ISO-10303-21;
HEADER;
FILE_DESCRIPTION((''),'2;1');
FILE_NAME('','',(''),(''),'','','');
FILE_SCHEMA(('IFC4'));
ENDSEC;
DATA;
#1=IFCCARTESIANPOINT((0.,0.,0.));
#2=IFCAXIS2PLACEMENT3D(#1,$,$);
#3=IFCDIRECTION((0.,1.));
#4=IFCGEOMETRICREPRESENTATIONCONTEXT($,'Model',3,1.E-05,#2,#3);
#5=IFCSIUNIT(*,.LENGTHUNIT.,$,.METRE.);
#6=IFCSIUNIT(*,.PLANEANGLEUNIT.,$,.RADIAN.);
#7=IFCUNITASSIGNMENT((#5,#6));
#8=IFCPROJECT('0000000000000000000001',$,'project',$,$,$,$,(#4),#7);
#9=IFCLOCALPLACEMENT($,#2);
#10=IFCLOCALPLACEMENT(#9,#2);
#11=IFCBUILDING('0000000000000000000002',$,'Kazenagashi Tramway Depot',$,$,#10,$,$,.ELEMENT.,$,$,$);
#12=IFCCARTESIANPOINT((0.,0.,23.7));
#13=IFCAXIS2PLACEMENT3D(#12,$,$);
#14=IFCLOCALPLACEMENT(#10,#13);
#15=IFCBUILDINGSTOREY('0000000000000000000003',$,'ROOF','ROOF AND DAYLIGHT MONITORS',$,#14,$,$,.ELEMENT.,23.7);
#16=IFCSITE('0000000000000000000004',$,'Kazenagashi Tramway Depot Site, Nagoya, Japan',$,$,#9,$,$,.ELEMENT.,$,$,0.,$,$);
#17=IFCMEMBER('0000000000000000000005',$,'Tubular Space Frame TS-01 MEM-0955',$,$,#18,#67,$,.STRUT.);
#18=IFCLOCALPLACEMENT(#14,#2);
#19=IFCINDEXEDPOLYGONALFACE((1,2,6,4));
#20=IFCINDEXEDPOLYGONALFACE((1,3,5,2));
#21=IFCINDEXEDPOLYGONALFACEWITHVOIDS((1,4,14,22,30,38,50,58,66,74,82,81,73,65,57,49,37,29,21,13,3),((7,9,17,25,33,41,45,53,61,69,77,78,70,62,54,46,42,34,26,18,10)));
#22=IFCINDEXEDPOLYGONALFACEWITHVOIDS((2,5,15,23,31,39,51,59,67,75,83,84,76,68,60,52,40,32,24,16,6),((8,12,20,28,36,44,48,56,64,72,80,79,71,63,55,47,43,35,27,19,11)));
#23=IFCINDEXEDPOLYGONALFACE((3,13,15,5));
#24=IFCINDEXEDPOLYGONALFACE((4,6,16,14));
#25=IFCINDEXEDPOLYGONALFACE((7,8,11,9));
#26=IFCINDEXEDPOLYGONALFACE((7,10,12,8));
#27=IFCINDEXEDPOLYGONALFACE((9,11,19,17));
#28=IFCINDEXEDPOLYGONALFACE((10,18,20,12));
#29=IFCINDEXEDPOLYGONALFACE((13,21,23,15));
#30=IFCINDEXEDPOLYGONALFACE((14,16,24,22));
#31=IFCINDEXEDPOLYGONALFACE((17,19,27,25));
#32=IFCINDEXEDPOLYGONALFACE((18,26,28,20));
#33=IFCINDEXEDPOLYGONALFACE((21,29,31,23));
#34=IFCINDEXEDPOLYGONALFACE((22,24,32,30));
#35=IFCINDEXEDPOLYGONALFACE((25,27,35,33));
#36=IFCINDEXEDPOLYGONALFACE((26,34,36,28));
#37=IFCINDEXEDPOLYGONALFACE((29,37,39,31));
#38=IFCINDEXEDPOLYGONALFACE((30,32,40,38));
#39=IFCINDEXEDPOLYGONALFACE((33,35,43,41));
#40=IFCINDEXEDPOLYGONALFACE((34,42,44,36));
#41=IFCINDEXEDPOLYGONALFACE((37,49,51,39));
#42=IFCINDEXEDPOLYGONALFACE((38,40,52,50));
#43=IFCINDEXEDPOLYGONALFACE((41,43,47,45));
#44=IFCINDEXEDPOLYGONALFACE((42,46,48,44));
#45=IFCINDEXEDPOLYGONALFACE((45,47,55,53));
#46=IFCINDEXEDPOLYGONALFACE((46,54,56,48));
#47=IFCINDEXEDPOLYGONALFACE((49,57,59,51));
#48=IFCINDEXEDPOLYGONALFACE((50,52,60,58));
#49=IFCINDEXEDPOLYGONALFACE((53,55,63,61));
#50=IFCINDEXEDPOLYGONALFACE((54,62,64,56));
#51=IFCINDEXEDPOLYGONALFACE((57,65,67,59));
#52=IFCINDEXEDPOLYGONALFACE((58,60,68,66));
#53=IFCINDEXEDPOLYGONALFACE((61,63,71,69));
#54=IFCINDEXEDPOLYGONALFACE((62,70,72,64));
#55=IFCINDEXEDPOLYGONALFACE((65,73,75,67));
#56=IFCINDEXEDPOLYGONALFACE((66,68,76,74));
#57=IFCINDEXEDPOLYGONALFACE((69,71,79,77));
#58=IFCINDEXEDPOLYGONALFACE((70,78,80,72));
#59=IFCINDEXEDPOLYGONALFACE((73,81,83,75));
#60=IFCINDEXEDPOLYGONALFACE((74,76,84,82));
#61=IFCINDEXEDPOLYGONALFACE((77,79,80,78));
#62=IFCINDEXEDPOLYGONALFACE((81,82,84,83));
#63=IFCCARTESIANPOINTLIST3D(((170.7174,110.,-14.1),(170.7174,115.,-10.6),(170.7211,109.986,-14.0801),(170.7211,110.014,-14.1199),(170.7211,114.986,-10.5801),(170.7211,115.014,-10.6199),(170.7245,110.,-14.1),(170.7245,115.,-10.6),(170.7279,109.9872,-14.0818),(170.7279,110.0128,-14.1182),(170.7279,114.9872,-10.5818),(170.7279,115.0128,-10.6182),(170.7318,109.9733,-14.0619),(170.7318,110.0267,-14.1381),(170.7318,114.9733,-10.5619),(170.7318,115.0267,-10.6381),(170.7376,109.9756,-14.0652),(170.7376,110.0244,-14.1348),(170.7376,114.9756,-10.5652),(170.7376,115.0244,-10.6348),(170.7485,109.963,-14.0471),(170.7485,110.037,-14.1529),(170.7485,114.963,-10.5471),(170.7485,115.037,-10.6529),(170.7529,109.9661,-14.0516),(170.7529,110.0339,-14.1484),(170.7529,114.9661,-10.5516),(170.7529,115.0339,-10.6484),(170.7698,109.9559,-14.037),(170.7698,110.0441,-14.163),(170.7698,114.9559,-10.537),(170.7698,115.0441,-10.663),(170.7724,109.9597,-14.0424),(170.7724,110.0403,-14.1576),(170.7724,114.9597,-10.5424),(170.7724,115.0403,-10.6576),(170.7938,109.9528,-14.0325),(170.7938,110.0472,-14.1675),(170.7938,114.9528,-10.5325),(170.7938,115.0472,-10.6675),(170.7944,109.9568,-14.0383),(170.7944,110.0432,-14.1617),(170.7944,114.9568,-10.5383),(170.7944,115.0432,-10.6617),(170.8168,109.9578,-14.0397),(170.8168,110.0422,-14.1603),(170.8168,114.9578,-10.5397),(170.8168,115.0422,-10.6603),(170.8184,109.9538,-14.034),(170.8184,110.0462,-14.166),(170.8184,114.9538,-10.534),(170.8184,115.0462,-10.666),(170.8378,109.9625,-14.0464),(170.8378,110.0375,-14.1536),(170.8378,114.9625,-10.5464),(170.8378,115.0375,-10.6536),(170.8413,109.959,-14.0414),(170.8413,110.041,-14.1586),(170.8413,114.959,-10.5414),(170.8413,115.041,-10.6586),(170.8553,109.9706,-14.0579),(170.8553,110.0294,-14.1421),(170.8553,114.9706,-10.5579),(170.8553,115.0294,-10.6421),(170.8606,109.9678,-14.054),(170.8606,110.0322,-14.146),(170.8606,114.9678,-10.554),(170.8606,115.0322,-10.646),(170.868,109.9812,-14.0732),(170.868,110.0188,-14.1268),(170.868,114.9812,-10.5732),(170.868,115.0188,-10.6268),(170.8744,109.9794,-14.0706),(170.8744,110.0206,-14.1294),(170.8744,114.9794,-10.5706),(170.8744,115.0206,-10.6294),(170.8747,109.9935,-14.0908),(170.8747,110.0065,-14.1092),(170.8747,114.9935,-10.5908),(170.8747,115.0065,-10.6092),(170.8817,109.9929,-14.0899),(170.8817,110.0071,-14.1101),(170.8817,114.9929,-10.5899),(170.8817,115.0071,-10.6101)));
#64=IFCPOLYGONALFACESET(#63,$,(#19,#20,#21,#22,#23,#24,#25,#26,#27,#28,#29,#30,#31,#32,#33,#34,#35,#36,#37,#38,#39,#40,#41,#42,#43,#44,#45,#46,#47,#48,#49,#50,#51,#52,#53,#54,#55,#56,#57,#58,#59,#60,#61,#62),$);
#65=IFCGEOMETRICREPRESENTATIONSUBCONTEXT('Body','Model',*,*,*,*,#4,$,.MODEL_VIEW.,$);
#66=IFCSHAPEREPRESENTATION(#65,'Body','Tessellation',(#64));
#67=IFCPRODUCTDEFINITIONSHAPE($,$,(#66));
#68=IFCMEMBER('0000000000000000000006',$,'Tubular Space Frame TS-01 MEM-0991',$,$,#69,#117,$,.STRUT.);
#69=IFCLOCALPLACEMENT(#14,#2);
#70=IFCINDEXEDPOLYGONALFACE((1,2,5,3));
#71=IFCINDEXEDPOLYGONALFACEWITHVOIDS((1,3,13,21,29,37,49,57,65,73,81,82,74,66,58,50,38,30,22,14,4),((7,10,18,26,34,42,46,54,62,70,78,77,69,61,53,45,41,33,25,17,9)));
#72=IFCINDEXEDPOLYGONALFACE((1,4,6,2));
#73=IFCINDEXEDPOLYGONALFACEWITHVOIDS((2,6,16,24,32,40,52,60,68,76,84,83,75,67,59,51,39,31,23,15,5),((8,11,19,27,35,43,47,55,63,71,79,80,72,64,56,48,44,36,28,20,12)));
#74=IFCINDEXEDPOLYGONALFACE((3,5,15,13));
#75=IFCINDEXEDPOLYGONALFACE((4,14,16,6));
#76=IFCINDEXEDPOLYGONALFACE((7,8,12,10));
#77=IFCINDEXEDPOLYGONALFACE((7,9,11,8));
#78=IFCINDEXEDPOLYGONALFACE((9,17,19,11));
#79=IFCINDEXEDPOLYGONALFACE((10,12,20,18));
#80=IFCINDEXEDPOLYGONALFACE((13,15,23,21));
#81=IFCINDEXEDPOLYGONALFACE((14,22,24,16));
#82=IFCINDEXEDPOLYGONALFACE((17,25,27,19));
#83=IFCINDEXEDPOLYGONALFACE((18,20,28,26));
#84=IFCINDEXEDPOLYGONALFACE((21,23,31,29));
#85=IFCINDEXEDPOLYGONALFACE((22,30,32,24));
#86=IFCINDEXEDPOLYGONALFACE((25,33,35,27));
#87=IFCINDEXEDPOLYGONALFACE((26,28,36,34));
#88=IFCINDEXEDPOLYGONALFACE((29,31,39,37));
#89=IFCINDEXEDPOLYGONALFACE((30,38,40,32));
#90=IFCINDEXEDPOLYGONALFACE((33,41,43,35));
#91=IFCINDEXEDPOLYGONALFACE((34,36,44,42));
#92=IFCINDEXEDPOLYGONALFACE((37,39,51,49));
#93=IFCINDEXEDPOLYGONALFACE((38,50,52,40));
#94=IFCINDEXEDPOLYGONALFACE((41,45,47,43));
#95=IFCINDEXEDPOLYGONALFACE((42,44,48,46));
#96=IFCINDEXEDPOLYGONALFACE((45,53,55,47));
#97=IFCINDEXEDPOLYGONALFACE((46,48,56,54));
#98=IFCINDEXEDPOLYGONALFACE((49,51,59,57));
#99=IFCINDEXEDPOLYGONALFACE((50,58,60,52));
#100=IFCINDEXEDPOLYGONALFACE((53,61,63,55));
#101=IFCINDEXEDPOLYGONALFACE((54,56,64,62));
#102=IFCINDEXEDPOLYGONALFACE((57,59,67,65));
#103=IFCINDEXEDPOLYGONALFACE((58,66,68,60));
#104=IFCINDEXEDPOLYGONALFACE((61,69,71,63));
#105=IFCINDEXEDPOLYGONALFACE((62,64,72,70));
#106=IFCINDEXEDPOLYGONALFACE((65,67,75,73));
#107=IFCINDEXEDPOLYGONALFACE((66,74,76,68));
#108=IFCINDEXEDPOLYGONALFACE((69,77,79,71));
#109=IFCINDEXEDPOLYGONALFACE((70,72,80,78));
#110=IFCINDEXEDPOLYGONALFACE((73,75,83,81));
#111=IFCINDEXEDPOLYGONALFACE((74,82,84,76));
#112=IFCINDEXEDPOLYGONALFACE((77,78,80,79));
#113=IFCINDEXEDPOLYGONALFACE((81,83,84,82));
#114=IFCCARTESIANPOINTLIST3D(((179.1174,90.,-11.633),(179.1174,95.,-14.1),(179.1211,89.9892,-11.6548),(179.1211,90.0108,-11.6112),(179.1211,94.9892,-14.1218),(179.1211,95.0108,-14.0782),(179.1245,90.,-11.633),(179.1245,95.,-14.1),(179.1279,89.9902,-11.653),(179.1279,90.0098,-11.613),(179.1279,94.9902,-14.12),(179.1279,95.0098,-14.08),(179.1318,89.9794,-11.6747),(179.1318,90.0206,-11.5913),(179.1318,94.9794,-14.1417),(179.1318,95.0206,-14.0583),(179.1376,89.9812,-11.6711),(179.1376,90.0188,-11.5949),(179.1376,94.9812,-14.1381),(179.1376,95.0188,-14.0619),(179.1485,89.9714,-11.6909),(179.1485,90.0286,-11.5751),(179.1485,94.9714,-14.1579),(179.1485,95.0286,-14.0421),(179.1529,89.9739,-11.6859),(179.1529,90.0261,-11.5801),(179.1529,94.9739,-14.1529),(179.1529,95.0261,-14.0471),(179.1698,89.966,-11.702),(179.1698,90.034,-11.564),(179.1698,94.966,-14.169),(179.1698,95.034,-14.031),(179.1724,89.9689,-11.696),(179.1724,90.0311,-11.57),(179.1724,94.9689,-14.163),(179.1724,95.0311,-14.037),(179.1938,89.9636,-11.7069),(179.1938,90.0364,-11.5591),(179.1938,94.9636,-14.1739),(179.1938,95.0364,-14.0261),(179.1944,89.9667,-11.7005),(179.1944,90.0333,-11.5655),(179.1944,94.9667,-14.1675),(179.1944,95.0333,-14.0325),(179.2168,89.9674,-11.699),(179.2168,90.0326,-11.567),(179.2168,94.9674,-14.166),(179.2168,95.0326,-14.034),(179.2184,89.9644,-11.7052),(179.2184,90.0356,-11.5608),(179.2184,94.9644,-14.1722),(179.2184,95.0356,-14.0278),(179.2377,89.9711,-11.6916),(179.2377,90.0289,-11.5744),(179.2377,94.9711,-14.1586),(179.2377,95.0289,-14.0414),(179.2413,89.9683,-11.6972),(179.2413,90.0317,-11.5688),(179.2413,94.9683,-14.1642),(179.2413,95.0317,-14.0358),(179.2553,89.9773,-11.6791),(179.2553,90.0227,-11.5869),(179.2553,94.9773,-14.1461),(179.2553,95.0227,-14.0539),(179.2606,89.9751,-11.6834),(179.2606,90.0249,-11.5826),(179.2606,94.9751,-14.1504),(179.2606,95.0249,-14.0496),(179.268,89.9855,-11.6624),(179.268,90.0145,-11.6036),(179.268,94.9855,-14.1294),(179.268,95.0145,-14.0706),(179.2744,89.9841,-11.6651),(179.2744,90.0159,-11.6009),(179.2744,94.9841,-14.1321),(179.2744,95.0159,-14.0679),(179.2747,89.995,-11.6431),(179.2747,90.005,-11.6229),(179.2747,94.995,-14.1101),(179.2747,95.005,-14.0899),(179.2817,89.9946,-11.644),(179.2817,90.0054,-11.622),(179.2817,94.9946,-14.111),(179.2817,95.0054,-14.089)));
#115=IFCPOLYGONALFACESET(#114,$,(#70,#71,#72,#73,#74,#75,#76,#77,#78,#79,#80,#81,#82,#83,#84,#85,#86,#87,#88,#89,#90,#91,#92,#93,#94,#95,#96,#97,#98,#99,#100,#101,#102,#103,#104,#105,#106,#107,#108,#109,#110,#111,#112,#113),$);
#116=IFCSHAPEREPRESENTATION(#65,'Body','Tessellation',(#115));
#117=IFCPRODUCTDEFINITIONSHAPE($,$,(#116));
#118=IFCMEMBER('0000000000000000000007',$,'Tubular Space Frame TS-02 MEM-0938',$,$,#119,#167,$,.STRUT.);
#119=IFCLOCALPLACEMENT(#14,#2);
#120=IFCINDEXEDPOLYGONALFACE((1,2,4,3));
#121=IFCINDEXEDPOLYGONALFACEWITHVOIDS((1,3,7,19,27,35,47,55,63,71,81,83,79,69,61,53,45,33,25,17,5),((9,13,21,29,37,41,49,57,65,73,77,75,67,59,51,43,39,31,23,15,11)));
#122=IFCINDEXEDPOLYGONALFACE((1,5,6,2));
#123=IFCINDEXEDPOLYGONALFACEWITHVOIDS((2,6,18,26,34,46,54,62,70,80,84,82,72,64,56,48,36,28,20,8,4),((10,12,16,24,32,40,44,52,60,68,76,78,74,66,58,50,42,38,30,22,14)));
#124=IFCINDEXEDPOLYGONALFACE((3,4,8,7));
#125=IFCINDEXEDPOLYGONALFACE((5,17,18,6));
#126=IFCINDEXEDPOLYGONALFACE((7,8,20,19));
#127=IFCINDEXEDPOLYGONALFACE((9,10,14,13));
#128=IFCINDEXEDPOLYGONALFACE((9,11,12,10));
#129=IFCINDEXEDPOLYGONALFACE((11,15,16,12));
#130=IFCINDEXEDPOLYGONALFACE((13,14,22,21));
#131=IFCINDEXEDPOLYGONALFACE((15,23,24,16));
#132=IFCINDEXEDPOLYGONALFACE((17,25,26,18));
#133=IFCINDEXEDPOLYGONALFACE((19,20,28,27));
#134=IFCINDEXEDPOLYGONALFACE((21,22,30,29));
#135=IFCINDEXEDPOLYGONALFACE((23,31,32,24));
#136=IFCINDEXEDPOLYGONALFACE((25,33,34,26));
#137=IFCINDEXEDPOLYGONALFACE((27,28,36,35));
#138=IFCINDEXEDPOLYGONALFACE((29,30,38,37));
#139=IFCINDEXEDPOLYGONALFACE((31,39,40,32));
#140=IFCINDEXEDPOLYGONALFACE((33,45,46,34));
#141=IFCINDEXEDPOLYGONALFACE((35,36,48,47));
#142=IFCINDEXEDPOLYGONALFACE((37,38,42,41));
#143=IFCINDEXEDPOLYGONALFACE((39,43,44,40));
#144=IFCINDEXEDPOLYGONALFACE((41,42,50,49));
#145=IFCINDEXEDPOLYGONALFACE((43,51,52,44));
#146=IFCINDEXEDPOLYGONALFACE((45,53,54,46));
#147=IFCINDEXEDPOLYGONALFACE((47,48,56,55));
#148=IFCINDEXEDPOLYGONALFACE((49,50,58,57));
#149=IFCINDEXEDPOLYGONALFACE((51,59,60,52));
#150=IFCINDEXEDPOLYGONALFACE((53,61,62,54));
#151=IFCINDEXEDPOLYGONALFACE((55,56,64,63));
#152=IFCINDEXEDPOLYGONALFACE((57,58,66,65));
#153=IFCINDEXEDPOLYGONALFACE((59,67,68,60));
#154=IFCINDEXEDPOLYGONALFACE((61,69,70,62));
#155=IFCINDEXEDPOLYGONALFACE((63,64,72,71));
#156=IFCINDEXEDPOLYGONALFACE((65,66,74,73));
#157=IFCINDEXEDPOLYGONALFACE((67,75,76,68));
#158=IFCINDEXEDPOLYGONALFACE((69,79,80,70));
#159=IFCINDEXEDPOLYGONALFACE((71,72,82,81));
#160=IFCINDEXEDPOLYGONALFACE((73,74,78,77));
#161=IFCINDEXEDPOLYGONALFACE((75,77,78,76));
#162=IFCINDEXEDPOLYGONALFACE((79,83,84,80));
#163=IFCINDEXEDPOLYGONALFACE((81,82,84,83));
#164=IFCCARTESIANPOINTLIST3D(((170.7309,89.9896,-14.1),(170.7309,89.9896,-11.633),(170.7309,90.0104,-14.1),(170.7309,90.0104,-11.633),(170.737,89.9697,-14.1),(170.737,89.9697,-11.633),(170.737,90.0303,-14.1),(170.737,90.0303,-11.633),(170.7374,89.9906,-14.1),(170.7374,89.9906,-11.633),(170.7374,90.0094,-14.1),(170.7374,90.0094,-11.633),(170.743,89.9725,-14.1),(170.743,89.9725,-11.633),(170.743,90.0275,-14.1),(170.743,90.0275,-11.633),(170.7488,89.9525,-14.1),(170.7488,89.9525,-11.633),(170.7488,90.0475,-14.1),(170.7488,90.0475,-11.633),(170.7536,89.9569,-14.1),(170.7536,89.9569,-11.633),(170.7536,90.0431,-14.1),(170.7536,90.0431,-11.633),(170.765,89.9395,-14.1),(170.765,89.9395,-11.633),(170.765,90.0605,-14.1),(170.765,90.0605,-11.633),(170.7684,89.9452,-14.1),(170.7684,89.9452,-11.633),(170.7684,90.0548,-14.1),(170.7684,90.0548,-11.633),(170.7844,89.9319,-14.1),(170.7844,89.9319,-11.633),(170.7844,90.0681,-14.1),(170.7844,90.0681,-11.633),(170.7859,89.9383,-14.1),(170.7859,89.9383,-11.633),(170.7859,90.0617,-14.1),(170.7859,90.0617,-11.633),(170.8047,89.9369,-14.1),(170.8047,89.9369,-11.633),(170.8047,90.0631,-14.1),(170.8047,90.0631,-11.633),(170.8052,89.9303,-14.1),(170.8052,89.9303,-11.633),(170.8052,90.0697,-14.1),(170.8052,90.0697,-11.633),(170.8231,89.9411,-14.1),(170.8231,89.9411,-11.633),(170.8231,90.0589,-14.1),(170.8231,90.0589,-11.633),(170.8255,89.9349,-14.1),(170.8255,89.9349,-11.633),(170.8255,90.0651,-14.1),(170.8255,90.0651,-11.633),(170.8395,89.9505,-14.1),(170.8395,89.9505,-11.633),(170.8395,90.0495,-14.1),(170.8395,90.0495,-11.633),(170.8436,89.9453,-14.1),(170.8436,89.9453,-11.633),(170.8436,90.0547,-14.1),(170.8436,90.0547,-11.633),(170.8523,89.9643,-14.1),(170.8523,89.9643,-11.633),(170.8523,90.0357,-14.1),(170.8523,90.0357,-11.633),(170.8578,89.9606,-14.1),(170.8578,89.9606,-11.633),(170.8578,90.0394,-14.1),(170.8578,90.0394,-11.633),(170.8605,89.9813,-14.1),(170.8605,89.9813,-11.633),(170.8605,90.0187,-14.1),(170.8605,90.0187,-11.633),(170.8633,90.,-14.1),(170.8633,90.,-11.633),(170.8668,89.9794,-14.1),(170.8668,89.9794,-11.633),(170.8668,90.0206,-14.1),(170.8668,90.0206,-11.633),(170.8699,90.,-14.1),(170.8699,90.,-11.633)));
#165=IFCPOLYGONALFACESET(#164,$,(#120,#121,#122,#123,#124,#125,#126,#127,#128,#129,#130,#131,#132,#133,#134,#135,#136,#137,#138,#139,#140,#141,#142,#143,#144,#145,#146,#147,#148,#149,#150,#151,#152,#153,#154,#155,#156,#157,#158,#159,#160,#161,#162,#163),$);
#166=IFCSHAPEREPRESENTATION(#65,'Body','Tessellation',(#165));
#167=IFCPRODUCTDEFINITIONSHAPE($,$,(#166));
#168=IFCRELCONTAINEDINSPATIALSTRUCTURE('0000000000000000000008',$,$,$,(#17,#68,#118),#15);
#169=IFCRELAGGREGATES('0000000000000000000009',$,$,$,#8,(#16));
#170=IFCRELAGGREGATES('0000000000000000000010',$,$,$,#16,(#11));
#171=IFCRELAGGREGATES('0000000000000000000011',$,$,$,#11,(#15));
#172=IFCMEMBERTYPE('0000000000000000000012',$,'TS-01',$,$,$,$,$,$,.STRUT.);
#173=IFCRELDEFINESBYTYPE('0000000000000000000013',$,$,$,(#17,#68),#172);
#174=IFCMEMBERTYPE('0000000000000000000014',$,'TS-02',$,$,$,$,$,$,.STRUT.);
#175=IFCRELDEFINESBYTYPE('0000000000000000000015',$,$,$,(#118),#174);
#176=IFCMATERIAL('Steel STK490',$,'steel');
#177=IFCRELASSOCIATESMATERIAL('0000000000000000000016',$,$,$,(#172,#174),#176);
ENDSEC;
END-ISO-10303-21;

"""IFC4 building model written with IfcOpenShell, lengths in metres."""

from ifc_helpers import new_model, si_unit, direction, frame, origin, origin_2d, place, context, subcontext, project, spatial, hollow_circle, extrude, material, material_profile, profile_set, type_object, element, save


model = new_model("IFC4")

# Units and contexts
model_context = context("Model", 3, precision=1e-05, world=origin(), true_north=direction((0.0, 1.0)))
body_context = subcontext(model_context, "Body", "Model", "MODEL_VIEW")
ifc_project = project(units=[si_unit("LENGTHUNIT", "METRE"), si_unit("PLANEANGLEUNIT", "RADIAN")], contexts=[model_context])

# Site, building, storey
site_placement = place(None, origin())
site = spatial("IfcSite", under=ifc_project, at=site_placement, Name="Kazenagashi Tramway Depot Site, Nagoya, Japan", CompositionType="ELEMENT", RefElevation=0.0)
building_placement = place(site_placement, origin())
building = spatial("IfcBuilding", under=site, at=building_placement, Name="Kazenagashi Tramway Depot", CompositionType="ELEMENT")
storey_placement = place(building_placement, frame((0.0, 0.0, 23.7)))
storey = spatial("IfcBuildingStorey", under=building, at=storey_placement, Name="ROOF", Description="ROOF AND DAYLIGHT MONITORS", CompositionType="ELEMENT", Elevation=23.7)

# Members
ifc_material_1 = material(Name="Steel STK490", Category="steel")
ifc_material_profile_1 = material_profile(ifc_material_1, hollow_circle(Radius=0.0826, WallThickness=0.0071, at=origin_2d()), Name="CHS-165.2x7.1")
ifc_profile_set_1 = profile_set([ifc_material_profile_1], Name="Steel STK490")
member_type_1 = type_object("IfcMemberType", Name="TS-01", PredefinedType="STRUT", material=ifc_profile_set_1)
member_1_placement = place(storey_placement, frame((170.8, 110.0, -14.1), z_axis=(0.0, 0.819232, 0.573462), x_axis=(-1.0, 0.0, 0.0)))
element("IfcMember", 1, at=member_1_placement, inside=storey, type_object=member_type_1, Name="Tubular Space Frame TS-01 MEM-0955", PredefinedType="STRUT", context=body_context, shape_type="SweptSolid", body=[
    extrude(hollow_circle(Radius=0.0826, WallThickness=0.0071, at=origin_2d()), origin(), (0.0, 0.0, 1.0), 6.1033),
])
member_2_placement = place(storey_placement, frame((179.2, 90.0, -11.633), z_axis=(0.0, 0.896782, -0.442472), x_axis=(-1.0, 0.0, 0.0)))
element("IfcMember", 2, at=member_2_placement, inside=storey, type_object=member_type_1, Name="Tubular Space Frame TS-01 MEM-0991", PredefinedType="STRUT", context=body_context, shape_type="SweptSolid", body=[
    extrude(hollow_circle(Radius=0.0826, WallThickness=0.0071, at=origin_2d()), origin(), (0.0, 0.0, 1.0), 5.5755),
])
ifc_material_profile_2 = material_profile(ifc_material_1, hollow_circle(Radius=0.0699, WallThickness=0.0066, at=origin_2d()), Name="CHS-139.8x6.6")
ifc_profile_set_2 = profile_set([ifc_material_profile_2], Name="Steel STK490")
member_type_2 = type_object("IfcMemberType", Name="TS-02", PredefinedType="STRUT", material=ifc_profile_set_2)
member_3_placement = place(storey_placement, frame((170.8, 90.0, -14.1), z_axis=(0.0, 0.0, 1.0), x_axis=(1.0, 0.0, 0.0)))
element("IfcMember", 3, at=member_3_placement, inside=storey, type_object=member_type_2, Name="Tubular Space Frame TS-02 MEM-0938", PredefinedType="STRUT", context=body_context, shape_type="SweptSolid", body=[
    extrude(hollow_circle(Radius=0.0699, WallThickness=0.0066, at=origin_2d()), origin(), (0.0, 0.0, 1.0), 2.467),
])

save(model, "model.ifc")
